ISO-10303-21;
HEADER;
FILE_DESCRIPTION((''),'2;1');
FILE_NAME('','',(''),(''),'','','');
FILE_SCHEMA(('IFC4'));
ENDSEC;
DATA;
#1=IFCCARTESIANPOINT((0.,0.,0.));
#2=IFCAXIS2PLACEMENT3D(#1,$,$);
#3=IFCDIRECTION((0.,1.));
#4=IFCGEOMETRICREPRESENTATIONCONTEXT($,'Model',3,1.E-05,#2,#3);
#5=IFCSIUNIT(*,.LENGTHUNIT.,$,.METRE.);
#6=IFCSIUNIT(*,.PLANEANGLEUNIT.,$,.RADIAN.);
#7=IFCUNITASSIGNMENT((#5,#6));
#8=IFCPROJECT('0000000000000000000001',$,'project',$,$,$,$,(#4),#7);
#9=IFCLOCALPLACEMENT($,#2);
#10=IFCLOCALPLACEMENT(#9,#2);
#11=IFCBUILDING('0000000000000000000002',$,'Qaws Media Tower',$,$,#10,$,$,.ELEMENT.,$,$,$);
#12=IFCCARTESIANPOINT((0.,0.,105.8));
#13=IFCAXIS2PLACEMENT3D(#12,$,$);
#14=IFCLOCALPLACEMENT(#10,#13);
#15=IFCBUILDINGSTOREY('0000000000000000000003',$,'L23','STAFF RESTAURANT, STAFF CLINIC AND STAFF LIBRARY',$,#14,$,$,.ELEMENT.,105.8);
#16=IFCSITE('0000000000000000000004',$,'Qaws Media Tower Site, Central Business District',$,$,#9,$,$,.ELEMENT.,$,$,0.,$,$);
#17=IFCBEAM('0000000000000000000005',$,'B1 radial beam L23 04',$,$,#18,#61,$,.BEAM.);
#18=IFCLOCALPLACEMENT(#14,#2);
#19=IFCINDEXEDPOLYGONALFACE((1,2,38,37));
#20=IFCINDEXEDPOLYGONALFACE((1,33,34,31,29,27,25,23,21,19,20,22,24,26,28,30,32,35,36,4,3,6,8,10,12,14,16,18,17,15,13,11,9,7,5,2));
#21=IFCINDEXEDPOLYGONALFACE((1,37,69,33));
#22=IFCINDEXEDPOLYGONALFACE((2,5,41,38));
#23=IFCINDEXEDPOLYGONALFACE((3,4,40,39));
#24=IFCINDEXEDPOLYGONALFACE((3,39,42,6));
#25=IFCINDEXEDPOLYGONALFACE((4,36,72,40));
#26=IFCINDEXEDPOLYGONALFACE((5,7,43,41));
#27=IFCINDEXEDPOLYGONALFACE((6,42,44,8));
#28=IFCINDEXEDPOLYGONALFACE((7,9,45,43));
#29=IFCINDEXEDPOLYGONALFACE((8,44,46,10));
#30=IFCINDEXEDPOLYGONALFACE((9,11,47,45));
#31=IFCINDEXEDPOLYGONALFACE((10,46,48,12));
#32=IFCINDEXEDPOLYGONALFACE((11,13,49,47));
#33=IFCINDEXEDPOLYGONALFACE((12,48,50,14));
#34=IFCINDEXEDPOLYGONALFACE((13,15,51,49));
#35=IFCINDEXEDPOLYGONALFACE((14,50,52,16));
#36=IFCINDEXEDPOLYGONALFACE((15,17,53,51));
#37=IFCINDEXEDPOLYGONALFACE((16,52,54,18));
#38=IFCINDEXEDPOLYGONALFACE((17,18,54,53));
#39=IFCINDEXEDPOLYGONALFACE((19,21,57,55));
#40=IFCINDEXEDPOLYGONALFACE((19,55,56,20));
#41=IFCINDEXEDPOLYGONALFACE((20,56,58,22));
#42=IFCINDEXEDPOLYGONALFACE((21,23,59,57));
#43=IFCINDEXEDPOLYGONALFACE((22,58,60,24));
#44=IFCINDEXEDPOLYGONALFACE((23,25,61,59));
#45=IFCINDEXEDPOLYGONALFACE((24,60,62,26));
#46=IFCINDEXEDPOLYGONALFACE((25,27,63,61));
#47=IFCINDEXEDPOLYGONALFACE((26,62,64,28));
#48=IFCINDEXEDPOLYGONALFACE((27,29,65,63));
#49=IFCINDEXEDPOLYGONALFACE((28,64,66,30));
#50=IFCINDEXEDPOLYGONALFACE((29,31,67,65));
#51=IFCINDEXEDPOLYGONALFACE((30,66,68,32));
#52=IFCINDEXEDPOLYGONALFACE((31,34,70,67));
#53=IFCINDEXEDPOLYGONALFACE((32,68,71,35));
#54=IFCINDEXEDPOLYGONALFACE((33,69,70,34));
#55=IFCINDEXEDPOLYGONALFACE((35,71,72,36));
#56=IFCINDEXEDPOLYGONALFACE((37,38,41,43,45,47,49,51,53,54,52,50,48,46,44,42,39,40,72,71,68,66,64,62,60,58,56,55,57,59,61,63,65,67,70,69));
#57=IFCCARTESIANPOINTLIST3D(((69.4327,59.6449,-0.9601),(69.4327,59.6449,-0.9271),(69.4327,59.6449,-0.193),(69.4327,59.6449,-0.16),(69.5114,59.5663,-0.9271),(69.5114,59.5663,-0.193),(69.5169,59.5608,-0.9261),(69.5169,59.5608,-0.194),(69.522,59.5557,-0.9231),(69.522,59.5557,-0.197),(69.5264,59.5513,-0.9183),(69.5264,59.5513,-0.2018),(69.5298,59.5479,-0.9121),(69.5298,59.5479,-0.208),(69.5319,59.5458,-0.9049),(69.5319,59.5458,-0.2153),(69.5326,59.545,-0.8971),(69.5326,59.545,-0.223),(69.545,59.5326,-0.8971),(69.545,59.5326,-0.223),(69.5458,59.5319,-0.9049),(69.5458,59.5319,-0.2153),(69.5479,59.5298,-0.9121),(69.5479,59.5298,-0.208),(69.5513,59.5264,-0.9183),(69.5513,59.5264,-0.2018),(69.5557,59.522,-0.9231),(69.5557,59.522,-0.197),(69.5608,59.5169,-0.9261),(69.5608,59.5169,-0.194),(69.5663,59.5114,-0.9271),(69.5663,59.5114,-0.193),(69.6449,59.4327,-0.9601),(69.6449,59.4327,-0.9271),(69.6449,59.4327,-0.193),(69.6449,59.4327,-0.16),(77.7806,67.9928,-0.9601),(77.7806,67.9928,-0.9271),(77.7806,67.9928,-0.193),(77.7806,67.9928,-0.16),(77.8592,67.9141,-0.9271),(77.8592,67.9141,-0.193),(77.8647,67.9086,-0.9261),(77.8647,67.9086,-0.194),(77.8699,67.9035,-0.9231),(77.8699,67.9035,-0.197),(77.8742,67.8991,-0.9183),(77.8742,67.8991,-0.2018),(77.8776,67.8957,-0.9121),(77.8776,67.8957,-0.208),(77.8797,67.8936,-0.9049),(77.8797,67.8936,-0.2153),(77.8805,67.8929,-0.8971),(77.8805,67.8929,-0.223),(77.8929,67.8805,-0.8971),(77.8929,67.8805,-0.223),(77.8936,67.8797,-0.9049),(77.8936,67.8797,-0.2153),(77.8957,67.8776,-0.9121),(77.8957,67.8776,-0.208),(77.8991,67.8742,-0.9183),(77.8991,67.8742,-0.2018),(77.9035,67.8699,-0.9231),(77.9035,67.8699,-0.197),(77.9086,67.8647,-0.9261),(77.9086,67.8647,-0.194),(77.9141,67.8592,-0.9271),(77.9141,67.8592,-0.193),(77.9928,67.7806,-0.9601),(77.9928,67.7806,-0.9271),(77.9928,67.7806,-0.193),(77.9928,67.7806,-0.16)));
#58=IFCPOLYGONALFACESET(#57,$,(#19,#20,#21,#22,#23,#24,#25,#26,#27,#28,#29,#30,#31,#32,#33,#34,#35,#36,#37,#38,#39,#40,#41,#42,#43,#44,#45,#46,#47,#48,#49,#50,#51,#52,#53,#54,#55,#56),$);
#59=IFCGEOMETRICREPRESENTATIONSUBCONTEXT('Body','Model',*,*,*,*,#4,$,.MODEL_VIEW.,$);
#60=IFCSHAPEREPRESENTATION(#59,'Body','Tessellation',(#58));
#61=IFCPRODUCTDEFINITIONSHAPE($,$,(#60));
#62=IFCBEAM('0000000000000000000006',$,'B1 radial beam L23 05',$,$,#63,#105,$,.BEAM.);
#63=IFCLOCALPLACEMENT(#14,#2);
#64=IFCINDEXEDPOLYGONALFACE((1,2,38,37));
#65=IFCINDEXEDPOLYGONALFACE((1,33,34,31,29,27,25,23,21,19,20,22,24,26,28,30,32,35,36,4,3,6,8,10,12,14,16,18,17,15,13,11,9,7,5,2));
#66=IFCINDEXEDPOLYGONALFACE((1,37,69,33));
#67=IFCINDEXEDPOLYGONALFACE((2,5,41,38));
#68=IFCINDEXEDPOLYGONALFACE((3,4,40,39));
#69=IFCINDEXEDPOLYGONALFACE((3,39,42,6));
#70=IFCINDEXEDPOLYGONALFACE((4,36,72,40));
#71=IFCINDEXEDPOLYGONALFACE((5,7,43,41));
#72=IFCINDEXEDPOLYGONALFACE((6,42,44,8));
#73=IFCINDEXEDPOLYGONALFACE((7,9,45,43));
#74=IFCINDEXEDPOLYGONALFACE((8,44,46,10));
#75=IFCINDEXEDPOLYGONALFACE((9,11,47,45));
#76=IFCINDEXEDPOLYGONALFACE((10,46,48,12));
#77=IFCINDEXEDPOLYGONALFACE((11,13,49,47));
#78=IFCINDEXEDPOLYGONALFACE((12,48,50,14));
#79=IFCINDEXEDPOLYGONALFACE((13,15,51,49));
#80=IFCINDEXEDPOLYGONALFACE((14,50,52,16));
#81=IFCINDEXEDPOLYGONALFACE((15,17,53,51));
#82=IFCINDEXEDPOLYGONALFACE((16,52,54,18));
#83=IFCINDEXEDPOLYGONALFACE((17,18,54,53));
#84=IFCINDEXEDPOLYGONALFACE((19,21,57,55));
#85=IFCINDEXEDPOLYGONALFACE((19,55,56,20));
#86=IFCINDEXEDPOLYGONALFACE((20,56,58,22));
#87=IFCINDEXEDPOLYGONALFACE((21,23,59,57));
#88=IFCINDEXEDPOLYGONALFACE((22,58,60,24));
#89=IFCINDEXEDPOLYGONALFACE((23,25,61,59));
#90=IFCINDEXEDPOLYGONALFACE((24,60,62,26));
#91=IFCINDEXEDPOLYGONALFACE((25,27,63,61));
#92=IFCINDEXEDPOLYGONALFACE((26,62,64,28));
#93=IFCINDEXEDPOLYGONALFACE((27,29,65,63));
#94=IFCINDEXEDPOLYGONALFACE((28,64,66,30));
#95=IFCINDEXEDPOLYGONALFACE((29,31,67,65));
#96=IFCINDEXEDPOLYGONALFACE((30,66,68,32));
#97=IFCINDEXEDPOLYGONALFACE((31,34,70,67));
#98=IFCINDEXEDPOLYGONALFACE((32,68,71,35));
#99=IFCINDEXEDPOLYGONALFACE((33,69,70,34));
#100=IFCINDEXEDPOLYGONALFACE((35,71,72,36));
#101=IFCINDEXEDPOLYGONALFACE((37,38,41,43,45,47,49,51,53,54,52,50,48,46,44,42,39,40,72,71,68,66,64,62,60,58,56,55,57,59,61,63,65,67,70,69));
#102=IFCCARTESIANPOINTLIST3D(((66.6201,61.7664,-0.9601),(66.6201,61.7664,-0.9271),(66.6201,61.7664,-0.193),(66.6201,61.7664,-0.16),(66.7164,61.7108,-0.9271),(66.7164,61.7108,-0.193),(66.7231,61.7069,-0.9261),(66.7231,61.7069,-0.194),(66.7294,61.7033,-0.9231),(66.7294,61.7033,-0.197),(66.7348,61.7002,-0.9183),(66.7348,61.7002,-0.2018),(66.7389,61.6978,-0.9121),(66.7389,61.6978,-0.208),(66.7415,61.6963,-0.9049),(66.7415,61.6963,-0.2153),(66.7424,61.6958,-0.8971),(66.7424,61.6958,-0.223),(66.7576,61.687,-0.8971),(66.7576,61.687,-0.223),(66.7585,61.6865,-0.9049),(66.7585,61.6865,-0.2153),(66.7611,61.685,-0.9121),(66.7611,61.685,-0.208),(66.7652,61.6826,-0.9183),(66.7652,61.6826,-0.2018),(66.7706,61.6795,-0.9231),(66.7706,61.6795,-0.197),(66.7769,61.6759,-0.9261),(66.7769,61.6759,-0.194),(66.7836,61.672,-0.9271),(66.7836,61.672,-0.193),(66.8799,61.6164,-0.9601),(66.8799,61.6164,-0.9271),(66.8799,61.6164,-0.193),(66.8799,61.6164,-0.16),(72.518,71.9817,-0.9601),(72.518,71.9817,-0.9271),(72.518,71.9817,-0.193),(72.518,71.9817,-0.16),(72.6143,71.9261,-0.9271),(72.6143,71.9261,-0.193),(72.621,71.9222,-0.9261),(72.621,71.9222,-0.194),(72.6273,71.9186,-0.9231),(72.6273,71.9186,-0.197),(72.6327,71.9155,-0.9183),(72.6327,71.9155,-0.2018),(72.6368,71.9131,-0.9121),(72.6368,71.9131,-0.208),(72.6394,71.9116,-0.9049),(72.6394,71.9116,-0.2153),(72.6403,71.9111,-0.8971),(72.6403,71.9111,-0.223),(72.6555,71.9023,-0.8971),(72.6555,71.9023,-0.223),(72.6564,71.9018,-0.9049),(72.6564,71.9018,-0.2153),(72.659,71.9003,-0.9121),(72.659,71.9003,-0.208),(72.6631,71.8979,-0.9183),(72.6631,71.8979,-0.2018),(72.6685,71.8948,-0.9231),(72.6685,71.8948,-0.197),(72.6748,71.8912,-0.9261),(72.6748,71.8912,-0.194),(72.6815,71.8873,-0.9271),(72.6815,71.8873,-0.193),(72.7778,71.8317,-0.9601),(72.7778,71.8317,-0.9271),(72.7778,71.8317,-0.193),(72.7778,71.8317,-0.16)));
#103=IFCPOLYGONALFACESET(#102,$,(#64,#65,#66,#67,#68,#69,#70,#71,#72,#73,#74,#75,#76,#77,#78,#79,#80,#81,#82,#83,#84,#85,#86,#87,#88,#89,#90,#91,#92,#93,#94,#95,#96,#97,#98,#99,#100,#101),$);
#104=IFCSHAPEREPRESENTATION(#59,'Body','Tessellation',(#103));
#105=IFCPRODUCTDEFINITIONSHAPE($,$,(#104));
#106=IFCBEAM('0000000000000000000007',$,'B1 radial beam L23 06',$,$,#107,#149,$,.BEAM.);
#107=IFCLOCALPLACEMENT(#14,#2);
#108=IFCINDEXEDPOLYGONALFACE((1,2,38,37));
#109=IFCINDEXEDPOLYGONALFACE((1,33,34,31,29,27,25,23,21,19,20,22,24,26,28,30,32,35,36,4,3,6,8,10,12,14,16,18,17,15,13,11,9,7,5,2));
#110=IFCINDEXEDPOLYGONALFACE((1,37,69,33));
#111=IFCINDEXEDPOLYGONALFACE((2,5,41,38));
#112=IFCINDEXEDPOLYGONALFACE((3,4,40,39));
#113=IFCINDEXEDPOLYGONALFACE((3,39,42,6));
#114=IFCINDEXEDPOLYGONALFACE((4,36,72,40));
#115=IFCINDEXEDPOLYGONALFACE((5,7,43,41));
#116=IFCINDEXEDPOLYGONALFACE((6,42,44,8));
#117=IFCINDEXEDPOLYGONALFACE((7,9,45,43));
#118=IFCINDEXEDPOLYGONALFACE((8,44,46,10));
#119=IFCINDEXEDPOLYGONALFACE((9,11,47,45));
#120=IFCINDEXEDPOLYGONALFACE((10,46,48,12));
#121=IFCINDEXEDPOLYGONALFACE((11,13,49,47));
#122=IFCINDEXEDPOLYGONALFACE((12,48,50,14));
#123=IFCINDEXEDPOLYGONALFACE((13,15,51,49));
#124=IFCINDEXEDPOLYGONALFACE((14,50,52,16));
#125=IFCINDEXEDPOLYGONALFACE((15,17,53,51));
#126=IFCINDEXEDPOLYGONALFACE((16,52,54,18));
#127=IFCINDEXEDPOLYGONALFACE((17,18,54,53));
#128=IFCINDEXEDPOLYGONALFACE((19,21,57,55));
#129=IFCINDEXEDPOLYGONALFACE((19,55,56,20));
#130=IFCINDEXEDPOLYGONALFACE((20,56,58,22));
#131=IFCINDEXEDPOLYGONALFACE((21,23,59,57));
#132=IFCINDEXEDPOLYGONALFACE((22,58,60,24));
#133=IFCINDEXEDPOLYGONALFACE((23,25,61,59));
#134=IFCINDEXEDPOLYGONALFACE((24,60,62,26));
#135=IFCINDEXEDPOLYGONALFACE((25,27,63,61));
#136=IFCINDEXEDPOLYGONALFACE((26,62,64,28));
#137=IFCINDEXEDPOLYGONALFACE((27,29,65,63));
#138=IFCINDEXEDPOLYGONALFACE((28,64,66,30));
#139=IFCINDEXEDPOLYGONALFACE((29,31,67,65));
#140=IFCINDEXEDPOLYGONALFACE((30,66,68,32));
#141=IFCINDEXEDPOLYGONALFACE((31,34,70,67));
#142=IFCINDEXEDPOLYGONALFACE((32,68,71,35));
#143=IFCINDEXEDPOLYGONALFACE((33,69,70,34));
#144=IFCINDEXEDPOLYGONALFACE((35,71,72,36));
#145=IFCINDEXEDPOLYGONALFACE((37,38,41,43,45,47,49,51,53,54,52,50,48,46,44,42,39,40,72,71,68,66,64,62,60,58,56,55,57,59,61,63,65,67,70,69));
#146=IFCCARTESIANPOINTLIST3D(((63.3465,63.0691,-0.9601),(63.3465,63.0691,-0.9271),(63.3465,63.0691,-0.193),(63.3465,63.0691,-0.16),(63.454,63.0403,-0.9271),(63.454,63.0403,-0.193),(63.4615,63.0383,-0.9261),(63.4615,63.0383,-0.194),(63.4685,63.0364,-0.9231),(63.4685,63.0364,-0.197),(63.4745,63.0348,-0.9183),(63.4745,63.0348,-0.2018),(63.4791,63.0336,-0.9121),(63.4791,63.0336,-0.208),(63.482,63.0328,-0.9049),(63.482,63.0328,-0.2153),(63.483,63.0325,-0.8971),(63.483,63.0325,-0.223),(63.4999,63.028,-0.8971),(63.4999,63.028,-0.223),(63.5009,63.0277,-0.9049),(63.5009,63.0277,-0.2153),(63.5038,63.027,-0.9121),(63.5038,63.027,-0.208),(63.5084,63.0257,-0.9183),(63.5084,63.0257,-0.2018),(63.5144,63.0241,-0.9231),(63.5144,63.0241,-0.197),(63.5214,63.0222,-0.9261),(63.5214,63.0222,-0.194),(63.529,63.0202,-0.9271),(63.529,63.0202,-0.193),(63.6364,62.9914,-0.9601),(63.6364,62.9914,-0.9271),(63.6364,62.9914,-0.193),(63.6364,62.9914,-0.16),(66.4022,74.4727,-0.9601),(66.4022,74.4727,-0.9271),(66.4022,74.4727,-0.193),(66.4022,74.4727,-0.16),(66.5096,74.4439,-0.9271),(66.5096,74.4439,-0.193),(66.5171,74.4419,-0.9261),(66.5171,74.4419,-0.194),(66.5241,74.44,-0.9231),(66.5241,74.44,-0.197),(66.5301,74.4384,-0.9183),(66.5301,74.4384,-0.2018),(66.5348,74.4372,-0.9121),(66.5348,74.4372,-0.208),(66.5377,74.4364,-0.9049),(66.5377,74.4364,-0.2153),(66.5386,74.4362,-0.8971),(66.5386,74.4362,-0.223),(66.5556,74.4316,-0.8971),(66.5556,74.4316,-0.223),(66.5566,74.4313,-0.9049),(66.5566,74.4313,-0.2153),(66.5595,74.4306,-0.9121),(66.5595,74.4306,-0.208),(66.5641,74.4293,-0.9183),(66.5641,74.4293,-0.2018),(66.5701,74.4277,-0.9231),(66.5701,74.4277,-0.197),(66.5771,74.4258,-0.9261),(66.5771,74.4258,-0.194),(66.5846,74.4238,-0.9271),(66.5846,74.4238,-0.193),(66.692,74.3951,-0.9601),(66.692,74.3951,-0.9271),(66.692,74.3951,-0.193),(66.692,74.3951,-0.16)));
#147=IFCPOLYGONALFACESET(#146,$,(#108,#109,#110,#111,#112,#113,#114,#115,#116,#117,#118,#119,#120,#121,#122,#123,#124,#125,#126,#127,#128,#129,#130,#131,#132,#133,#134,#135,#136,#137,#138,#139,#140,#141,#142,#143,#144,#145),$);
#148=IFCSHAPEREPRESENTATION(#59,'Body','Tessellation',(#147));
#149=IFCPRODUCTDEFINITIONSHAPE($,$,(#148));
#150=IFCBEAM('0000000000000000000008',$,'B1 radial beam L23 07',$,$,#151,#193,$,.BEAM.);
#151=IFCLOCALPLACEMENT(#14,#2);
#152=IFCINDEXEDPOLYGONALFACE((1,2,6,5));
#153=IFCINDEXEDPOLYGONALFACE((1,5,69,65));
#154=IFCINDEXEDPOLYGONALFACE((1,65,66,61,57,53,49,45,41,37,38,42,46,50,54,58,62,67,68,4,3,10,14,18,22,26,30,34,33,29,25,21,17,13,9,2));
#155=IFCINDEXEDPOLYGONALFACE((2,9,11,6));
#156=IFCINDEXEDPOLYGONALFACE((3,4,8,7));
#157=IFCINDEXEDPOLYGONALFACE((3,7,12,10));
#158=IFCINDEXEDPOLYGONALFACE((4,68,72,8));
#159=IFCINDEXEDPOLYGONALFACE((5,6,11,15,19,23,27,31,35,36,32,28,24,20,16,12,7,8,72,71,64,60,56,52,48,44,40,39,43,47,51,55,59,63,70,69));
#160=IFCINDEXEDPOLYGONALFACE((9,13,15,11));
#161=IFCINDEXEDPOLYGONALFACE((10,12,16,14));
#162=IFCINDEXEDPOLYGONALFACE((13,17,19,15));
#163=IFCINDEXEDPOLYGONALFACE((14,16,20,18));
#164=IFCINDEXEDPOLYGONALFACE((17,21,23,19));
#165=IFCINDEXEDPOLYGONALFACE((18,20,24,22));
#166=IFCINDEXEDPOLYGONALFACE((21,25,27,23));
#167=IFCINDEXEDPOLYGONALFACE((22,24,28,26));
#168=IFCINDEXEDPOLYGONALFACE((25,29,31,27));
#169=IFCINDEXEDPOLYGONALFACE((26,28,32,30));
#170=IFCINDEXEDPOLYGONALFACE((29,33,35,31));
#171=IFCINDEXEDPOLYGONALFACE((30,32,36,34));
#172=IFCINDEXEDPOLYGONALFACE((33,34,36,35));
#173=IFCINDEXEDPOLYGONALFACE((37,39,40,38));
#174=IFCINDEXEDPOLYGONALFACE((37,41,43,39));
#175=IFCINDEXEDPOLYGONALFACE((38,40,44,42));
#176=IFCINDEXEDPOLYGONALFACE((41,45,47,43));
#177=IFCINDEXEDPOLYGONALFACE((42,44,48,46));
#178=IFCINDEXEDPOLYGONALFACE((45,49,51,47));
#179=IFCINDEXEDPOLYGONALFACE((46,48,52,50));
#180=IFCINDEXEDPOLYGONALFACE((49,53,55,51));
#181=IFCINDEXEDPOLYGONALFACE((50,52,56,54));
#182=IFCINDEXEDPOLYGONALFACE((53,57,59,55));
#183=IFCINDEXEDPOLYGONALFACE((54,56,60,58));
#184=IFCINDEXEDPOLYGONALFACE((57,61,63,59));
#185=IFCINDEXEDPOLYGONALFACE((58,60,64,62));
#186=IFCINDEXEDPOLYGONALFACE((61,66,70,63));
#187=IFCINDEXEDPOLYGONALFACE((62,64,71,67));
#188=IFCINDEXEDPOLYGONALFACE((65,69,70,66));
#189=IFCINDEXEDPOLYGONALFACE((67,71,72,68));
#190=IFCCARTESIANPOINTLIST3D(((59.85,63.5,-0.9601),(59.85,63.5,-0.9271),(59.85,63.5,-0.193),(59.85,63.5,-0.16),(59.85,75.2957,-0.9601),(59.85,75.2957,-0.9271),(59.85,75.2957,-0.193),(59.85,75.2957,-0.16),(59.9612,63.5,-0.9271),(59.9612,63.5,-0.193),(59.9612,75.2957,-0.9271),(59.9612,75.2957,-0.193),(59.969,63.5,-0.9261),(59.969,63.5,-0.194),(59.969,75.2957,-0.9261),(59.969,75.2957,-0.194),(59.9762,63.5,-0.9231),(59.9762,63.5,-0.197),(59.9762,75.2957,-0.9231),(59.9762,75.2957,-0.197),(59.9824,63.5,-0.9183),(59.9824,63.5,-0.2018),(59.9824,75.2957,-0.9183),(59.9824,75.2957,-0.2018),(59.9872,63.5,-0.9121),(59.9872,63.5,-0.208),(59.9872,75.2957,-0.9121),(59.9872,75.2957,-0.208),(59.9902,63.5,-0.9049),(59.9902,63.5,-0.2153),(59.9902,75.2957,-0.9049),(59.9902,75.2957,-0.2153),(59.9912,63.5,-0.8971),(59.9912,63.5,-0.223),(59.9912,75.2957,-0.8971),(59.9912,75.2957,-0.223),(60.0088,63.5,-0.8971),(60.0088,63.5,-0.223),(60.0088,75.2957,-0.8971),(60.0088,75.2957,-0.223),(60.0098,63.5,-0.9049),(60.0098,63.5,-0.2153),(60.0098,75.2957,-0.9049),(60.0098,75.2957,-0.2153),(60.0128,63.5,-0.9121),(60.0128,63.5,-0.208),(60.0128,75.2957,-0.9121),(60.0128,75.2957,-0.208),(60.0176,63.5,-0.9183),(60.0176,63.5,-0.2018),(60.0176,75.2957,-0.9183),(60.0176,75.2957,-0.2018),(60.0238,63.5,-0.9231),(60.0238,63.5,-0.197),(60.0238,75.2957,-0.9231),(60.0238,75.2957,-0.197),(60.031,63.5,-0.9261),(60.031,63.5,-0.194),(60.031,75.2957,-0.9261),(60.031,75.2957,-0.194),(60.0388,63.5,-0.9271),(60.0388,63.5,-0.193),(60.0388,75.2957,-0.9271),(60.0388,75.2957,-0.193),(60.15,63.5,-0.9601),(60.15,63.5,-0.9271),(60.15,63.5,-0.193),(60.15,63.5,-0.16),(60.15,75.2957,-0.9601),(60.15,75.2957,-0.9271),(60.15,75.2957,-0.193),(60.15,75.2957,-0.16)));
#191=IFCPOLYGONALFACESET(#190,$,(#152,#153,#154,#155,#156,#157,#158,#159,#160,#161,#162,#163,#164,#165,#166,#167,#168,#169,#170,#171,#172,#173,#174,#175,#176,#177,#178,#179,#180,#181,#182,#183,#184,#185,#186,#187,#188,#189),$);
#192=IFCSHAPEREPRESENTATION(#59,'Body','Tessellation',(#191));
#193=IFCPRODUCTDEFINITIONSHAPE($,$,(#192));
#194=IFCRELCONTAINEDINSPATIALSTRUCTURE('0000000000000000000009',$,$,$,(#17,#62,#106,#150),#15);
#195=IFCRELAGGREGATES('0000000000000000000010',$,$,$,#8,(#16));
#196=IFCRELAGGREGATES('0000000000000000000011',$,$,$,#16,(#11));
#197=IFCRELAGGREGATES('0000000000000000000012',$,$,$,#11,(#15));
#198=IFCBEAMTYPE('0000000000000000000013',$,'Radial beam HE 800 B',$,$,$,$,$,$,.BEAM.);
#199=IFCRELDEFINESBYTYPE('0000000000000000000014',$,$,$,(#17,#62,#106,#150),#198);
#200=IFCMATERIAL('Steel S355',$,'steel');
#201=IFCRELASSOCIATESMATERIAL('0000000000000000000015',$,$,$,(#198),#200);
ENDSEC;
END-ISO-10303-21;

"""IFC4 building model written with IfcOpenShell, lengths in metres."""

from ifc_helpers import new_model, si_unit, direction, frame, origin, origin_2d, place, context, subcontext, project, spatial, i_section, extrude, material, material_profile, profile_set, type_object, element, save


model = new_model("IFC4")

# Units and contexts
model_context = context("Model", 3, precision=1e-05, world=origin(), true_north=direction((0.0, 1.0)))
body_context = subcontext(model_context, "Body", "Model", "MODEL_VIEW")
ifc_project = project(units=[si_unit("LENGTHUNIT", "METRE"), si_unit("PLANEANGLEUNIT", "RADIAN")], contexts=[model_context])

# Site, building, storey
site_placement = place(None, origin())
site = spatial("IfcSite", under=ifc_project, at=site_placement, Name="Qaws Media Tower Site, Central Business District", CompositionType="ELEMENT", RefElevation=0.0)
building_placement = place(site_placement, origin())
building = spatial("IfcBuilding", under=site, at=building_placement, Name="Qaws Media Tower", CompositionType="ELEMENT")
storey_placement = place(building_placement, frame((0.0, 0.0, 105.8)))
storey = spatial("IfcBuildingStorey", under=building, at=storey_placement, Name="L23", Description="STAFF RESTAURANT, STAFF CLINIC AND STAFF LIBRARY", CompositionType="ELEMENT", Elevation=105.8)

# Beams
ifc_material_1 = material(Name="Steel S355", Category="steel")
ifc_material_profile_1 = material_profile(ifc_material_1, i_section(OverallWidth=0.3, OverallDepth=0.8, WebThickness=0.0176, FlangeThickness=0.033, FilletRadius=0.03, at=origin_2d()), Name="HE 800 B")
ifc_profile_set_1 = profile_set([ifc_material_profile_1], Name="Steel S355")
beam_type_1 = type_object("IfcBeamType", Name="Radial beam HE 800 B", PredefinedType="BEAM", material=ifc_profile_set_1)
beam_1_placement = place(storey_placement, frame((69.5388, 59.5388, -0.5601), z_axis=(0.707107, 0.707107, 0.0), x_axis=(-0.707107, 0.707107, 0.0)))
element("IfcBeam", 1, at=beam_1_placement, inside=storey, type_object=beam_type_1, Name="B1 radial beam L23 04", PredefinedType="BEAM", context=body_context, shape_type="SweptSolid", body=[
    extrude(i_section(OverallWidth=0.3, OverallDepth=0.8, WebThickness=0.0176, FlangeThickness=0.033, FilletRadius=0.03, at=origin_2d()), origin(), (0.0, 0.0, 1.0), 11.8057),
])
beam_2_placement = place(storey_placement, frame((66.75, 61.6914, -0.5601), z_axis=(0.500008, 0.866021, 0.0), x_axis=(-0.866021, 0.500008, 0.0)))
element("IfcBeam", 2, at=beam_2_placement, inside=storey, type_object=beam_type_1, Name="B1 radial beam L23 05", PredefinedType="BEAM", context=body_context, shape_type="SweptSolid", body=[
    extrude(i_section(OverallWidth=0.3, OverallDepth=0.8, WebThickness=0.0176, FlangeThickness=0.033, FilletRadius=0.03, at=origin_2d()), origin(), (0.0, 0.0, 1.0), 11.7957),
])
beam_3_placement = place(storey_placement, frame((63.4915, 63.0303, -0.5601), z_axis=(0.258826, 0.965924, 0.0), x_axis=(-0.965924, 0.258826, 0.0)))
element("IfcBeam", 3, at=beam_3_placement, inside=storey, type_object=beam_type_1, Name="B1 radial beam L23 06", PredefinedType="BEAM", context=body_context, shape_type="SweptSolid", body=[
    extrude(i_section(OverallWidth=0.3, OverallDepth=0.8, WebThickness=0.0176, FlangeThickness=0.033, FilletRadius=0.03, at=origin_2d()), origin(), (0.0, 0.0, 1.0), 11.8059),
])
beam_4_placement = place(storey_placement, frame((60.0, 63.5, -0.5601), z_axis=(0.0, 1.0, 0.0), x_axis=(-1.0, 0.0, 0.0)))
element("IfcBeam", 4, at=beam_4_placement, inside=storey, type_object=beam_type_1, Name="B1 radial beam L23 07", PredefinedType="BEAM", context=body_context, shape_type="SweptSolid", body=[
    extrude(i_section(OverallWidth=0.3, OverallDepth=0.8, WebThickness=0.0176, FlangeThickness=0.033, FilletRadius=0.03, at=origin_2d()), origin(), (0.0, 0.0, 1.0), 11.7957),
])

save(model, "model.ifc")
